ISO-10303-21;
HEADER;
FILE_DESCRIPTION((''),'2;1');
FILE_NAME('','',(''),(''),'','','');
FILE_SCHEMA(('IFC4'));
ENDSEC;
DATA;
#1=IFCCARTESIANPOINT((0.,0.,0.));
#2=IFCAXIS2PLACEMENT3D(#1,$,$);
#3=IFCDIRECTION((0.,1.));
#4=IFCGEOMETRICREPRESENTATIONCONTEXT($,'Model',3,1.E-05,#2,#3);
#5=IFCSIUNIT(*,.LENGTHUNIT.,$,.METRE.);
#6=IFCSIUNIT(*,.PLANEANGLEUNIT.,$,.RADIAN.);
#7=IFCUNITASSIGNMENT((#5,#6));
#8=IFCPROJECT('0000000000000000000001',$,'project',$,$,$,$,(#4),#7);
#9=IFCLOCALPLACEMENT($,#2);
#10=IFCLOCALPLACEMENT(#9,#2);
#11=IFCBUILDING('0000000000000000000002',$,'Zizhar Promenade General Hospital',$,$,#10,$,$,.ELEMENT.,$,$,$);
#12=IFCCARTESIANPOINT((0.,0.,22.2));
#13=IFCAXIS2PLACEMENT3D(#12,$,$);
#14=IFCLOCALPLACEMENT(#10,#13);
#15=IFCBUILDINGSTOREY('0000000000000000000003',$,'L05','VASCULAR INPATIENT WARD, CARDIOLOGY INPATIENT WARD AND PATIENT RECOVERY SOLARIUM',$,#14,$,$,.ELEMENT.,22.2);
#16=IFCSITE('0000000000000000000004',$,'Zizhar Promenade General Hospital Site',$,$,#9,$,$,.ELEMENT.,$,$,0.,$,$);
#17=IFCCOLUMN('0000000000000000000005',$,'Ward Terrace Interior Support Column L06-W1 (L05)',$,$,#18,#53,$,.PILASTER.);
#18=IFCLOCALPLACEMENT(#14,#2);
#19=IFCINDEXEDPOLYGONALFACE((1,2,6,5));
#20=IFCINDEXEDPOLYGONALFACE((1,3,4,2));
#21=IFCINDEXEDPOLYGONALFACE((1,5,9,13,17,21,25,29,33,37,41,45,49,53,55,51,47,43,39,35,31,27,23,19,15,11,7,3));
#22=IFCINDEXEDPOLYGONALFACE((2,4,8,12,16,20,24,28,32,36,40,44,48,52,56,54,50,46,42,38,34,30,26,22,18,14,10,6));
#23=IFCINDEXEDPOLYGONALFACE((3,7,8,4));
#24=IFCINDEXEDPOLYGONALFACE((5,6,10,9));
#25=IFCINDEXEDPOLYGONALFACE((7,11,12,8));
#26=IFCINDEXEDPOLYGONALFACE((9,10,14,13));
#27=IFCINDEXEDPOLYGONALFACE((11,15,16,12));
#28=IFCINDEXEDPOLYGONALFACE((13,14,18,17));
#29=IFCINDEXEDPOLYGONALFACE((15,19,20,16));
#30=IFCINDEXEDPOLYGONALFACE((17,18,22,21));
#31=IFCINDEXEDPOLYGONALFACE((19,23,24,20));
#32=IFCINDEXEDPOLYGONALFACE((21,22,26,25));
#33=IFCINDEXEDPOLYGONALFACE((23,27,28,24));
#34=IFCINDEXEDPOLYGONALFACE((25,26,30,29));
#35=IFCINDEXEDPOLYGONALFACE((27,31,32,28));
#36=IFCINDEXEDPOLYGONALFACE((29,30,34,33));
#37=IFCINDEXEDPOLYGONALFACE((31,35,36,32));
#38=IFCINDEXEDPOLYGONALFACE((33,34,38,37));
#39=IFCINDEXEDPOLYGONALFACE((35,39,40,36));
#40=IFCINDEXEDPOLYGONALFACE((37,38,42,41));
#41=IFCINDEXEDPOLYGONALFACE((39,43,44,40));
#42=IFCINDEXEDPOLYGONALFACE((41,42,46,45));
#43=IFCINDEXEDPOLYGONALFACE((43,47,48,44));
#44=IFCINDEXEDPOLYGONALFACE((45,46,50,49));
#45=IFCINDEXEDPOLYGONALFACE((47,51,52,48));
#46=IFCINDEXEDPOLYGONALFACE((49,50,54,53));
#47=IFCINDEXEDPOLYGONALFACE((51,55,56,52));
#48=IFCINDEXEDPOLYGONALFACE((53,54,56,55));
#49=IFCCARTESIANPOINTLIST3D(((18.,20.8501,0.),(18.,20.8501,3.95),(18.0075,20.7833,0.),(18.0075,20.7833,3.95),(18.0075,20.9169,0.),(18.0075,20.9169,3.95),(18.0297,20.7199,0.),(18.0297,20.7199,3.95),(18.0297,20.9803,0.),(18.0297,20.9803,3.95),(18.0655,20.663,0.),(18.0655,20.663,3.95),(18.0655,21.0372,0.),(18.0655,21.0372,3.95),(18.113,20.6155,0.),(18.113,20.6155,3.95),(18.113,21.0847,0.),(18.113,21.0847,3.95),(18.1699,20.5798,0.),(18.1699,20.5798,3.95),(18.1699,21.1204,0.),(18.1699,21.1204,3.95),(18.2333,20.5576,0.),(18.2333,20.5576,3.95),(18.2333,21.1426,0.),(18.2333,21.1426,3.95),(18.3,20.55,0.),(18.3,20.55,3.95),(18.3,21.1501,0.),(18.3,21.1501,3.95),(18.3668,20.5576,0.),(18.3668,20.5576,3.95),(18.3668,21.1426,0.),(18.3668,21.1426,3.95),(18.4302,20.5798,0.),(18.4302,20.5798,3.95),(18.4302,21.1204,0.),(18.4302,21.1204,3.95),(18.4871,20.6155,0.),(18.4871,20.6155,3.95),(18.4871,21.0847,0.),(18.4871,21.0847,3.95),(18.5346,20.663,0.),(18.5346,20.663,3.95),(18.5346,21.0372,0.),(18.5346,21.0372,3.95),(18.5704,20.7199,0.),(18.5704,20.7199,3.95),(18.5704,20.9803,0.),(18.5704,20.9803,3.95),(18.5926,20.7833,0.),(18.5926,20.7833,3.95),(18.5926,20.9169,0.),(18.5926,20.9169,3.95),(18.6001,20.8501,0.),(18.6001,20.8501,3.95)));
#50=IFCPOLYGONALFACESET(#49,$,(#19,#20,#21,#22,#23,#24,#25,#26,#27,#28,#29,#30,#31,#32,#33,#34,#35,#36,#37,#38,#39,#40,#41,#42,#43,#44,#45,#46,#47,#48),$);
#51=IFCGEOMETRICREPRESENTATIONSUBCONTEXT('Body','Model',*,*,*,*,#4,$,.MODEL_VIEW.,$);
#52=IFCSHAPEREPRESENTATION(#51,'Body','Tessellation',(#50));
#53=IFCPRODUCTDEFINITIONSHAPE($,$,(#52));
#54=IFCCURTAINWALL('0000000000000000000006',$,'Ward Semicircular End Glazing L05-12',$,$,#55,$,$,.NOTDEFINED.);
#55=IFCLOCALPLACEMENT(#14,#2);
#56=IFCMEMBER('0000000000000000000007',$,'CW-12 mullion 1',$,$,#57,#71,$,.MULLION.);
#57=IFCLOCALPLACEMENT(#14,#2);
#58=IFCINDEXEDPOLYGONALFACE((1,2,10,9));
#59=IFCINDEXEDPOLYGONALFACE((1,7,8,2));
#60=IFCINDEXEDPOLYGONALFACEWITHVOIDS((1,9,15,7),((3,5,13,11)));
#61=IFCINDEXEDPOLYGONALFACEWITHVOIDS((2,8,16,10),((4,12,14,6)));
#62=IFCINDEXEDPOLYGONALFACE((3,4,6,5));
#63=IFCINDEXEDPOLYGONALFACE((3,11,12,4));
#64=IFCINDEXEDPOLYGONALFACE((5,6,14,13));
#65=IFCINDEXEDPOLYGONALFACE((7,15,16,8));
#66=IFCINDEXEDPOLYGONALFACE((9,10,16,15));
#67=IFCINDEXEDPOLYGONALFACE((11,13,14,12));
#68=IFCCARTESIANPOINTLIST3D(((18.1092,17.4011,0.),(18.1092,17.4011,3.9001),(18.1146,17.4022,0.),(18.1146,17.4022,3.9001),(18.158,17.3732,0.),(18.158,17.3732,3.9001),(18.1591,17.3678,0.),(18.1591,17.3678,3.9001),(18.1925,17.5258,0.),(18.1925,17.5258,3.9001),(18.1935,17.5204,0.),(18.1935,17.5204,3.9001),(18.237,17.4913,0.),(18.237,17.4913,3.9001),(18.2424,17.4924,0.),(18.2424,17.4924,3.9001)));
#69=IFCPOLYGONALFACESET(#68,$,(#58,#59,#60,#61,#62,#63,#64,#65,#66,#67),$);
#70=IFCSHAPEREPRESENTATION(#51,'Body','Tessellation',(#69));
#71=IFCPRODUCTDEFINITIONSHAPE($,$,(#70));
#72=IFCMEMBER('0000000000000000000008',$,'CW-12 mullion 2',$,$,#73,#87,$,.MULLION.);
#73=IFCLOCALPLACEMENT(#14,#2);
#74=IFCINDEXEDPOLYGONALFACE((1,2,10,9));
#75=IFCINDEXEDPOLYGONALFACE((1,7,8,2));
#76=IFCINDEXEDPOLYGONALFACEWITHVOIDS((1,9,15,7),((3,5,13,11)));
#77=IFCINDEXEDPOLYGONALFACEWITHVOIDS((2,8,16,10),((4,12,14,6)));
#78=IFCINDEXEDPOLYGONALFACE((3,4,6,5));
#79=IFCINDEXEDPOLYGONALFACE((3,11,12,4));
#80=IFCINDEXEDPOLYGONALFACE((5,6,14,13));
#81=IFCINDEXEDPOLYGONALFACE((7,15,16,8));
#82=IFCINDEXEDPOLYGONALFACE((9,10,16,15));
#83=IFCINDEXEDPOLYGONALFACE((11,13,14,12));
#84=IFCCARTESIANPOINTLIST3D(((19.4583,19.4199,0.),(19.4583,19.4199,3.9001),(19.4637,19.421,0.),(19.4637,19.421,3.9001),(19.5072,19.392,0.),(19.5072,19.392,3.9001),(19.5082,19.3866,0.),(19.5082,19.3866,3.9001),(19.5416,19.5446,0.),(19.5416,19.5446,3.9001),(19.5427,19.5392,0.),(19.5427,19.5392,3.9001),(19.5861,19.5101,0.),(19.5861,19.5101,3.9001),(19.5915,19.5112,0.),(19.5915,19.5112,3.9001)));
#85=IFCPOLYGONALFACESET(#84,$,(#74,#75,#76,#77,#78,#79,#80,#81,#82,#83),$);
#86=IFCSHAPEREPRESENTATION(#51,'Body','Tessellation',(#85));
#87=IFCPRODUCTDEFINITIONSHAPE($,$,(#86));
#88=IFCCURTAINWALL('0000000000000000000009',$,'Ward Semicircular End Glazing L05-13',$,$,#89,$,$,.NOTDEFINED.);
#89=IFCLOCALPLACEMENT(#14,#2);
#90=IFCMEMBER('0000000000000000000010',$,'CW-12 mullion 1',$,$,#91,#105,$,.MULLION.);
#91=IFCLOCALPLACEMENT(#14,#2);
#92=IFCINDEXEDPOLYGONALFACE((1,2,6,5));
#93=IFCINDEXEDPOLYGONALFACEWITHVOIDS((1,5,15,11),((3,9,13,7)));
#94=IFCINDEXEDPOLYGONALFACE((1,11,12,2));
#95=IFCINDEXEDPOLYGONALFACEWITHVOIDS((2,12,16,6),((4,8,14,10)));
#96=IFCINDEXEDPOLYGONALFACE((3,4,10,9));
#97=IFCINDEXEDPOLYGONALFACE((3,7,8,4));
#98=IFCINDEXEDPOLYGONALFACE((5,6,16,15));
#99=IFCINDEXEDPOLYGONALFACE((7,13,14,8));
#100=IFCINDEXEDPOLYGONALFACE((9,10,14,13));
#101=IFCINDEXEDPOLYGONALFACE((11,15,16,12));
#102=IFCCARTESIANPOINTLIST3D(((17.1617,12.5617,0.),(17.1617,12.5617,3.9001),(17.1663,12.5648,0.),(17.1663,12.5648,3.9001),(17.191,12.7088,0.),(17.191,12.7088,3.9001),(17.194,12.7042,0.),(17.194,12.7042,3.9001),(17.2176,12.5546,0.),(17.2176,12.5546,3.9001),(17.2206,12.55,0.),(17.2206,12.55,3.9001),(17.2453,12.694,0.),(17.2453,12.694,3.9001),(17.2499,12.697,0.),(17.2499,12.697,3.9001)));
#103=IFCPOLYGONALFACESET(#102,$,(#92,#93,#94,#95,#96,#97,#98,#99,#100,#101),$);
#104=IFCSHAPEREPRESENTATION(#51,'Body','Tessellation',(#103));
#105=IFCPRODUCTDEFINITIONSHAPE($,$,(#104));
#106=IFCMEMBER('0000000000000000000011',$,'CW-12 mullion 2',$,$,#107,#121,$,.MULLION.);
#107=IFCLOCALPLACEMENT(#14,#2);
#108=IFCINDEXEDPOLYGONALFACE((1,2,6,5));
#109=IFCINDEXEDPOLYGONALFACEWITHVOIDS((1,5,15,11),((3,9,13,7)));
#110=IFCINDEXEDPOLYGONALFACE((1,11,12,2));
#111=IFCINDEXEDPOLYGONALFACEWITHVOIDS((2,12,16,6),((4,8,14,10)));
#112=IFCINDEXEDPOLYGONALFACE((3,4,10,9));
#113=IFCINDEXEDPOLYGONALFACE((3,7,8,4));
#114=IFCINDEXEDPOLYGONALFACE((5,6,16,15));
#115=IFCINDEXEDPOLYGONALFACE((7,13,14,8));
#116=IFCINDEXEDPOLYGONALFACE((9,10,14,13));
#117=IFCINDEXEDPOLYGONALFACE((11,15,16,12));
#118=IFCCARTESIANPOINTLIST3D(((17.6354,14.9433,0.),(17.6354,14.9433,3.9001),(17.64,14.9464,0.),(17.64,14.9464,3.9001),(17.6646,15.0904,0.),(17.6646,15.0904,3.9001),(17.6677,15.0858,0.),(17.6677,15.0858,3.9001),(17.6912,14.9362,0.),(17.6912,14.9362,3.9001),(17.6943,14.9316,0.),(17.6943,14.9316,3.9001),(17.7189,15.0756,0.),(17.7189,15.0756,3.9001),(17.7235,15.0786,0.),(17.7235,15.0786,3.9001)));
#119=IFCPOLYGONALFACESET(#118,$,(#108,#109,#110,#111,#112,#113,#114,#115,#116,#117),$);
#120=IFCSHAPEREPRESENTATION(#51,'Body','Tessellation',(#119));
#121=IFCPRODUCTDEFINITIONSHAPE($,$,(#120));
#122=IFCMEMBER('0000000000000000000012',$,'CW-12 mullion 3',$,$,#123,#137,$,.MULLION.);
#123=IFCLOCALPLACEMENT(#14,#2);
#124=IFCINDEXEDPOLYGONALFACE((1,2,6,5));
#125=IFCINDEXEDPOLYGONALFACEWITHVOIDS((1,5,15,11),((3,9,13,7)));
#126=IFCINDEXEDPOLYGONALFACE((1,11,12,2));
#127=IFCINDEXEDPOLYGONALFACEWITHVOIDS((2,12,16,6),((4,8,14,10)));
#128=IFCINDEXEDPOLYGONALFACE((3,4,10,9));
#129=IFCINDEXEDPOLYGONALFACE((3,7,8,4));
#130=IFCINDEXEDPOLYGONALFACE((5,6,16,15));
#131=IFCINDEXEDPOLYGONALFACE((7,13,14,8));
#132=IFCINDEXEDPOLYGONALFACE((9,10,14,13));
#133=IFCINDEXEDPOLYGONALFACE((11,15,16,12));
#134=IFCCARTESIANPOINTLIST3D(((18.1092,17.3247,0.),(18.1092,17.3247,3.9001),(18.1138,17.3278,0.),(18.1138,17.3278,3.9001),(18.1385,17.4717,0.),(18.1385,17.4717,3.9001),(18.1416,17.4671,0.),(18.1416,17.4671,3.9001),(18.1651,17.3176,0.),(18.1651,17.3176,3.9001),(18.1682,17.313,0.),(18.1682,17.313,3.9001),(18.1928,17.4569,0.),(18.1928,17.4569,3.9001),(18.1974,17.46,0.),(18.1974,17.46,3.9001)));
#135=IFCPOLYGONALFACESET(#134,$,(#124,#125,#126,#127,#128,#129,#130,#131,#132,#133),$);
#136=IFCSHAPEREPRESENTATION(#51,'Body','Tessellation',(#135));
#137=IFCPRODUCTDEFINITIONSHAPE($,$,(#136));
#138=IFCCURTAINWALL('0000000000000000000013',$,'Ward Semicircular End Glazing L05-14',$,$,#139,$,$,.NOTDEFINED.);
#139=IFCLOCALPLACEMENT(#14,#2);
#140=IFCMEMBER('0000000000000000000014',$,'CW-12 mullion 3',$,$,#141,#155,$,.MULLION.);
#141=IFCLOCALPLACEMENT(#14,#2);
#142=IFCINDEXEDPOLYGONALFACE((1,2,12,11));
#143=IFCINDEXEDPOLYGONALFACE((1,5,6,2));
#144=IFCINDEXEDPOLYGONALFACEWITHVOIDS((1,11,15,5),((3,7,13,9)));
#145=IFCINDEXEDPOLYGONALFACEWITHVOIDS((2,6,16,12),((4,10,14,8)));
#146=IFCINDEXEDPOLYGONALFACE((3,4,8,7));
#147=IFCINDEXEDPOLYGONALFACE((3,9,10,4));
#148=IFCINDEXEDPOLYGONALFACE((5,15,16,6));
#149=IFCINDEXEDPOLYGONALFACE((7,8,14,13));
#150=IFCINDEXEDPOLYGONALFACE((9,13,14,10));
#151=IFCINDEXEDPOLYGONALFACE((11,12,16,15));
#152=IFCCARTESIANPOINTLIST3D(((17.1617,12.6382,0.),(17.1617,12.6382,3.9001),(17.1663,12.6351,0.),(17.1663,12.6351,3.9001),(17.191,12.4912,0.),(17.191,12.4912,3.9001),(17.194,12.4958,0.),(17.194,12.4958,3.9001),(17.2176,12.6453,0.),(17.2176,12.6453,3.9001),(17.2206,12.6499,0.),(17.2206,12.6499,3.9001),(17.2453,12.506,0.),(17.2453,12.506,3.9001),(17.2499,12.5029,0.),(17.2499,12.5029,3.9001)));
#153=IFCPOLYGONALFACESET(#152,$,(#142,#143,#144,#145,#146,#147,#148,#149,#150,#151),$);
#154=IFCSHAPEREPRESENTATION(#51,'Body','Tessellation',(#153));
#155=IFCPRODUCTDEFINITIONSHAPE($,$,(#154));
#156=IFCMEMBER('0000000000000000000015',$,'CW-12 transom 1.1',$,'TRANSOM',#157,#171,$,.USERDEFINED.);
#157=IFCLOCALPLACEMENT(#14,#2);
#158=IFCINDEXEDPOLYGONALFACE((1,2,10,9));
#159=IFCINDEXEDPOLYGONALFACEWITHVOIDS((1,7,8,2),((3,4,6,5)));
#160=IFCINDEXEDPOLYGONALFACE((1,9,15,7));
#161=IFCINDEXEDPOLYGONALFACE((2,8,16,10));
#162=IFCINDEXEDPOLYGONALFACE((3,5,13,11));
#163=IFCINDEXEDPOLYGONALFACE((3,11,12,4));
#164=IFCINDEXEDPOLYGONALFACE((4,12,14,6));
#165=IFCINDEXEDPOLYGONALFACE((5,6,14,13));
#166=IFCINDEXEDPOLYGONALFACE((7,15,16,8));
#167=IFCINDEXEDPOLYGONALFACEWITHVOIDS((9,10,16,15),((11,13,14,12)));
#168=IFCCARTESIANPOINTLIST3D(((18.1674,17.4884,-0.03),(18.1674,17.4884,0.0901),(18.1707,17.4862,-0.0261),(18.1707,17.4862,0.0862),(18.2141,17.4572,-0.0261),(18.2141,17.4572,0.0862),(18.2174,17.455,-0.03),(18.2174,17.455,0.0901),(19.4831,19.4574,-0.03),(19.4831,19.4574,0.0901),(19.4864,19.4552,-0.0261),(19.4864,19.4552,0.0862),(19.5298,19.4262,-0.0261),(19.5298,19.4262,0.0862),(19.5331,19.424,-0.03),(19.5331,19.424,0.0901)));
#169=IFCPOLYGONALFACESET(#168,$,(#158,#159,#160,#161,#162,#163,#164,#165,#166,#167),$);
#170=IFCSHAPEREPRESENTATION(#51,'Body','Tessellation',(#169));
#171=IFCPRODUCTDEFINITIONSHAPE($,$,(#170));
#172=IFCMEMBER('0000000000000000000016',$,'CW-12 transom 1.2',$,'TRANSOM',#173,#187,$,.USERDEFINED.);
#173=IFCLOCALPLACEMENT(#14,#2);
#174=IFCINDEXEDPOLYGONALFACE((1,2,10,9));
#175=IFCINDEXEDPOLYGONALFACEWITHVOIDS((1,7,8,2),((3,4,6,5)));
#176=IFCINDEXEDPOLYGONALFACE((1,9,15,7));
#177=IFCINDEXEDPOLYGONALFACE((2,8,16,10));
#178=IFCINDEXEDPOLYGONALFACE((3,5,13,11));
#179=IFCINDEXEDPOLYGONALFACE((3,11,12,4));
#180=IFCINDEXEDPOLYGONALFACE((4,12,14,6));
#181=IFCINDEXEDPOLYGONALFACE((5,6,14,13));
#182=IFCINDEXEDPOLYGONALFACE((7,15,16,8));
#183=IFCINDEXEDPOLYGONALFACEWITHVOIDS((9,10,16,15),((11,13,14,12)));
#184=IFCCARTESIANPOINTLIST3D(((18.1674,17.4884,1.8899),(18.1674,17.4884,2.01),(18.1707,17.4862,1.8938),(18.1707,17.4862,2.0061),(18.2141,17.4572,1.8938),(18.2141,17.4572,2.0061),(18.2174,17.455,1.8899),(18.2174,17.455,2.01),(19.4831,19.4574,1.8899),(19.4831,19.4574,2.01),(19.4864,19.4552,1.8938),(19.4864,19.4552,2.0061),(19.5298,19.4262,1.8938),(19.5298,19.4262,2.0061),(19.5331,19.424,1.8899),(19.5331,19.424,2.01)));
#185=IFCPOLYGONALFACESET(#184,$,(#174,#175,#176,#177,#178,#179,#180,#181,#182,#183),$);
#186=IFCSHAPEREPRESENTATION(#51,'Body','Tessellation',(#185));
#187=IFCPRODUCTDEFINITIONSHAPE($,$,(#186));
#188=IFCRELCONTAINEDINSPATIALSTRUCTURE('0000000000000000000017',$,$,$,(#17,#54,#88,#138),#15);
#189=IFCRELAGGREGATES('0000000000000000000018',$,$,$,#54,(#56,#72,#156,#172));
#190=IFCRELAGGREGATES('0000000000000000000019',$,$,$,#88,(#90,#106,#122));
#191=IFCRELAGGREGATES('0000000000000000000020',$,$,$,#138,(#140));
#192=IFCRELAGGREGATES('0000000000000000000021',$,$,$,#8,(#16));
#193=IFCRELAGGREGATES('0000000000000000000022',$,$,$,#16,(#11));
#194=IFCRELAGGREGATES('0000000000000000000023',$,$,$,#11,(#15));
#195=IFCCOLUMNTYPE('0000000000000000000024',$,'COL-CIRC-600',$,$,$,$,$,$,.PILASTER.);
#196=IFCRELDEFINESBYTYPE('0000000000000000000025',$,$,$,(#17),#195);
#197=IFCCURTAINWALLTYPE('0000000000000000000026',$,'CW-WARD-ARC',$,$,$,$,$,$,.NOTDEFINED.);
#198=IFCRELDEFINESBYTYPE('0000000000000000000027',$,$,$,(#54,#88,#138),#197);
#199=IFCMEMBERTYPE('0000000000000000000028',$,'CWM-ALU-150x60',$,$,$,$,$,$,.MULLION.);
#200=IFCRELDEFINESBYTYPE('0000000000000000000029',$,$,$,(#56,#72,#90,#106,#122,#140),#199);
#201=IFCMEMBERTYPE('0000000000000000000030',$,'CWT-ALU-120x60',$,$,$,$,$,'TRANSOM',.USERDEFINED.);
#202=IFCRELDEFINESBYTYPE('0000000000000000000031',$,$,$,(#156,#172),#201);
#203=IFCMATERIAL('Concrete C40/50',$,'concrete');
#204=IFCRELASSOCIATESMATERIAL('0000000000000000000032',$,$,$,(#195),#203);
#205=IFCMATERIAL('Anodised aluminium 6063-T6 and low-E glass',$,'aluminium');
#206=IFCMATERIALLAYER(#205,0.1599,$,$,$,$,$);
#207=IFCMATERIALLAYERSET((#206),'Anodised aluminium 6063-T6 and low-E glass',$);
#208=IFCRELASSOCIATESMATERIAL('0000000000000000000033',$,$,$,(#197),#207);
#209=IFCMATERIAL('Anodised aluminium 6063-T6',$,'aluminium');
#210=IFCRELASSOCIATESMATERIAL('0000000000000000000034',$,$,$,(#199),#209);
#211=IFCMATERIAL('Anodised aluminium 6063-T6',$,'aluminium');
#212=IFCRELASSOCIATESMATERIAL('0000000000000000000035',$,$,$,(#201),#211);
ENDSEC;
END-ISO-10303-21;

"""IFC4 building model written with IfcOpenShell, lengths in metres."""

from ifc_helpers import new_model, si_unit, direction, frame, origin, origin_2d, place, context, subcontext, project, spatial, hollow_rectangle, circle, extrude, material, layer, layer_set, material_profile, profile_set, type_object, element, aggregate, save


model = new_model("IFC4")

# Units and contexts
model_context = context("Model", 3, precision=1e-05, world=origin(), true_north=direction((0.0, 1.0)))
body_context = subcontext(model_context, "Body", "Model", "MODEL_VIEW")
ifc_project = project(units=[si_unit("LENGTHUNIT", "METRE"), si_unit("PLANEANGLEUNIT", "RADIAN")], contexts=[model_context])

# Site, building, storey
site_placement = place(None, origin())
site = spatial("IfcSite", under=ifc_project, at=site_placement, Name="Zizhar Promenade General Hospital Site", CompositionType="ELEMENT", RefElevation=0.0)
building_placement = place(site_placement, origin())
building = spatial("IfcBuilding", under=site, at=building_placement, Name="Zizhar Promenade General Hospital", CompositionType="ELEMENT")
storey_placement = place(building_placement, frame((0.0, 0.0, 22.2)))
storey = spatial("IfcBuildingStorey", under=building, at=storey_placement, Name="L05", Description="VASCULAR INPATIENT WARD, CARDIOLOGY INPATIENT WARD AND PATIENT RECOVERY SOLARIUM", CompositionType="ELEMENT", Elevation=22.2)

# Column
ifc_material_1 = material(Name="Concrete C40/50", Category="concrete")
ifc_material_profile_1 = material_profile(ifc_material_1, circle(Radius=0.3, at=origin_2d()))
ifc_profile_set_1 = profile_set([ifc_material_profile_1], Name="Concrete C40/50")
column_type = type_object("IfcColumnType", Name="COL-CIRC-600", PredefinedType="PILASTER", material=ifc_profile_set_1)
column_placement = place(storey_placement, frame((18.3, 20.8501, 0.0), z_axis=(0.0, 0.0, 1.0), x_axis=(1.0, 0.0, 0.0)))
element("IfcColumn", 1, at=column_placement, inside=storey, type_object=column_type, Name="Ward Terrace Interior Support Column L06-W1 (L05)", PredefinedType="PILASTER", context=body_context, shape_type="SweptSolid", body=[
    extrude(circle(Radius=0.3, at=origin_2d()), origin(), (0.0, 0.0, 1.0), 3.95),
])

# Curtain walls, members
ifc_material_2 = material(Name="Anodised aluminium 6063-T6 and low-E glass", Category="aluminium")
ifc_layer_1 = layer(ifc_material_2, 0.1599)
ifc_layer_set_1 = layer_set([ifc_layer_1], Name="Anodised aluminium 6063-T6 and low-E glass")
curtain_wall_type = type_object("IfcCurtainWallType", Name="CW-WARD-ARC", PredefinedType="NOTDEFINED", material=ifc_layer_set_1)
curtain_wall_1_placement = place(storey_placement, origin())
curtain_wall_1 = element("IfcCurtainWall", 2, at=curtain_wall_1_placement, inside=storey, type_object=curtain_wall_type, Name="Ward Semicircular End Glazing L05-12", PredefinedType="NOTDEFINED")
ifc_material_3 = material(Name="Anodised aluminium 6063-T6", Category="aluminium")
ifc_material_profile_2 = material_profile(ifc_material_3, hollow_rectangle(XDim=0.0601, YDim=0.1499, WallThickness=0.0039, at=origin_2d()))
ifc_profile_set_2 = profile_set([ifc_material_profile_2], Name="Anodised aluminium 6063-T6")
member_type_1 = type_object("IfcMemberType", Name="CWM-ALU-150x60", PredefinedType="MULLION", material=ifc_profile_set_2)
member_1_placement = place(storey_placement, frame((18.1758, 17.4468, 0.0), z_axis=(0.0, 0.0, 1.0), x_axis=(-0.831462, 0.555582, 0.0)))
member_1 = element("IfcMember", 3, at=member_1_placement, type_object=member_type_1, Name="CW-12 mullion 1", PredefinedType="MULLION", context=body_context, shape_type="SweptSolid", body=[
    extrude(hollow_rectangle(XDim=0.0601, YDim=0.1499, WallThickness=0.0039, at=origin_2d()), origin(), (0.0, 0.0, 1.0), 3.9001),
])
member_2_placement = place(storey_placement, frame((19.5249, 19.4656, 0.0), z_axis=(0.0, 0.0, 1.0), x_axis=(-0.831462, 0.555582, 0.0)))
member_2 = element("IfcMember", 4, at=member_2_placement, type_object=member_type_1, Name="CW-12 mullion 2", PredefinedType="MULLION", context=body_context, shape_type="SweptSolid", body=[
    extrude(hollow_rectangle(XDim=0.0601, YDim=0.1499, WallThickness=0.0039, at=origin_2d()), origin(), (0.0, 0.0, 1.0), 3.9001),
])
curtain_wall_2_placement = place(storey_placement, origin())
curtain_wall_2 = element("IfcCurtainWall", 5, at=curtain_wall_2_placement, inside=storey, type_object=curtain_wall_type, Name="Ward Semicircular End Glazing L05-13", PredefinedType="NOTDEFINED")
member_3_placement = place(storey_placement, frame((17.2058, 12.6294, 0.0), z_axis=(0.0, 0.0, 1.0), x_axis=(-0.980786, 0.195087, 0.0)))
member_3 = element("IfcMember", 6, at=member_3_placement, type_object=member_type_1, Name="CW-12 mullion 1", PredefinedType="MULLION", context=body_context, shape_type="SweptSolid", body=[
    extrude(hollow_rectangle(XDim=0.0601, YDim=0.1499, WallThickness=0.0039, at=origin_2d()), origin(), (0.0, 0.0, 1.0), 3.9001),
])
member_4_placement = place(storey_placement, frame((17.6794, 15.011, 0.0), z_axis=(0.0, 0.0, 1.0), x_axis=(-0.980786, 0.195087, 0.0)))
member_4 = element("IfcMember", 7, at=member_4_placement, type_object=member_type_1, Name="CW-12 mullion 2", PredefinedType="MULLION", context=body_context, shape_type="SweptSolid", body=[
    extrude(hollow_rectangle(XDim=0.0601, YDim=0.1499, WallThickness=0.0039, at=origin_2d()), origin(), (0.0, 0.0, 1.0), 3.9001),
])
member_5_placement = place(storey_placement, frame((18.1533, 17.3923, 0.0), z_axis=(0.0, 0.0, 1.0), x_axis=(-0.980786, 0.195087, 0.0)))
member_5 = element("IfcMember", 8, at=member_5_placement, type_object=member_type_1, Name="CW-12 mullion 3", PredefinedType="MULLION", context=body_context, shape_type="SweptSolid", body=[
    extrude(hollow_rectangle(XDim=0.0601, YDim=0.1499, WallThickness=0.0039, at=origin_2d()), origin(), (0.0, 0.0, 1.0), 3.9001),
])

# Curtain wall, member
curtain_wall_3_placement = place(storey_placement, origin())
curtain_wall_3 = element("IfcCurtainWall", 9, at=curtain_wall_3_placement, inside=storey, type_object=curtain_wall_type, Name="Ward Semicircular End Glazing L05-14", PredefinedType="NOTDEFINED")
member_6_placement = place(storey_placement, frame((17.2058, 12.5706, 0.0), z_axis=(0.0, 0.0, 1.0), x_axis=(-0.980786, -0.195087, 0.0)))
member_6 = element("IfcMember", 10, at=member_6_placement, type_object=member_type_1, Name="CW-12 mullion 3", PredefinedType="MULLION", context=body_context, shape_type="SweptSolid", body=[
    extrude(hollow_rectangle(XDim=0.0601, YDim=0.1499, WallThickness=0.0039, at=origin_2d()), origin(), (0.0, 0.0, 1.0), 3.9001),
])

# Members
ifc_material_4 = material(Name="Anodised aluminium 6063-T6", Category="aluminium")
ifc_material_profile_3 = material_profile(ifc_material_4, hollow_rectangle(XDim=0.0601, YDim=0.1201, WallThickness=0.0039, at=origin_2d()))
ifc_profile_set_3 = profile_set([ifc_material_profile_3], Name="Anodised aluminium 6063-T6")
member_type_2 = type_object("IfcMemberType", Name="CWT-ALU-120x60", ElementType="TRANSOM", PredefinedType="USERDEFINED", material=ifc_profile_set_3)
member_7_placement = place(storey_placement, frame((18.1924, 17.4717, 0.03), z_axis=(0.55558, 0.831463, 0.0), x_axis=(-0.831463, 0.55558, 0.0)))
member_7 = element("IfcMember", 11, at=member_7_placement, type_object=member_type_2, Name="CW-12 transom 1.1", ObjectType="TRANSOM", PredefinedType="USERDEFINED", context=body_context, shape_type="SweptSolid", body=[
    extrude(hollow_rectangle(XDim=0.0601, YDim=0.1201, WallThickness=0.0039, at=origin_2d()), origin(), (0.0, 0.0, 1.0), 2.3682),
])
member_8_placement = place(storey_placement, frame((18.1924, 17.4717, 1.95), z_axis=(0.55558, 0.831463, 0.0), x_axis=(-0.831463, 0.55558, 0.0)))
member_8 = element("IfcMember", 12, at=member_8_placement, type_object=member_type_2, Name="CW-12 transom 1.2", ObjectType="TRANSOM", PredefinedType="USERDEFINED", context=body_context, shape_type="SweptSolid", body=[
    extrude(hollow_rectangle(XDim=0.0601, YDim=0.1201, WallThickness=0.0039, at=origin_2d()), origin(), (0.0, 0.0, 1.0), 2.3682),
])

aggregate(curtain_wall_1, [member_1, member_2, member_7, member_8])
aggregate(curtain_wall_2, [member_3, member_4, member_5])
aggregate(curtain_wall_3, [member_6])

save(model, "model.ifc")
